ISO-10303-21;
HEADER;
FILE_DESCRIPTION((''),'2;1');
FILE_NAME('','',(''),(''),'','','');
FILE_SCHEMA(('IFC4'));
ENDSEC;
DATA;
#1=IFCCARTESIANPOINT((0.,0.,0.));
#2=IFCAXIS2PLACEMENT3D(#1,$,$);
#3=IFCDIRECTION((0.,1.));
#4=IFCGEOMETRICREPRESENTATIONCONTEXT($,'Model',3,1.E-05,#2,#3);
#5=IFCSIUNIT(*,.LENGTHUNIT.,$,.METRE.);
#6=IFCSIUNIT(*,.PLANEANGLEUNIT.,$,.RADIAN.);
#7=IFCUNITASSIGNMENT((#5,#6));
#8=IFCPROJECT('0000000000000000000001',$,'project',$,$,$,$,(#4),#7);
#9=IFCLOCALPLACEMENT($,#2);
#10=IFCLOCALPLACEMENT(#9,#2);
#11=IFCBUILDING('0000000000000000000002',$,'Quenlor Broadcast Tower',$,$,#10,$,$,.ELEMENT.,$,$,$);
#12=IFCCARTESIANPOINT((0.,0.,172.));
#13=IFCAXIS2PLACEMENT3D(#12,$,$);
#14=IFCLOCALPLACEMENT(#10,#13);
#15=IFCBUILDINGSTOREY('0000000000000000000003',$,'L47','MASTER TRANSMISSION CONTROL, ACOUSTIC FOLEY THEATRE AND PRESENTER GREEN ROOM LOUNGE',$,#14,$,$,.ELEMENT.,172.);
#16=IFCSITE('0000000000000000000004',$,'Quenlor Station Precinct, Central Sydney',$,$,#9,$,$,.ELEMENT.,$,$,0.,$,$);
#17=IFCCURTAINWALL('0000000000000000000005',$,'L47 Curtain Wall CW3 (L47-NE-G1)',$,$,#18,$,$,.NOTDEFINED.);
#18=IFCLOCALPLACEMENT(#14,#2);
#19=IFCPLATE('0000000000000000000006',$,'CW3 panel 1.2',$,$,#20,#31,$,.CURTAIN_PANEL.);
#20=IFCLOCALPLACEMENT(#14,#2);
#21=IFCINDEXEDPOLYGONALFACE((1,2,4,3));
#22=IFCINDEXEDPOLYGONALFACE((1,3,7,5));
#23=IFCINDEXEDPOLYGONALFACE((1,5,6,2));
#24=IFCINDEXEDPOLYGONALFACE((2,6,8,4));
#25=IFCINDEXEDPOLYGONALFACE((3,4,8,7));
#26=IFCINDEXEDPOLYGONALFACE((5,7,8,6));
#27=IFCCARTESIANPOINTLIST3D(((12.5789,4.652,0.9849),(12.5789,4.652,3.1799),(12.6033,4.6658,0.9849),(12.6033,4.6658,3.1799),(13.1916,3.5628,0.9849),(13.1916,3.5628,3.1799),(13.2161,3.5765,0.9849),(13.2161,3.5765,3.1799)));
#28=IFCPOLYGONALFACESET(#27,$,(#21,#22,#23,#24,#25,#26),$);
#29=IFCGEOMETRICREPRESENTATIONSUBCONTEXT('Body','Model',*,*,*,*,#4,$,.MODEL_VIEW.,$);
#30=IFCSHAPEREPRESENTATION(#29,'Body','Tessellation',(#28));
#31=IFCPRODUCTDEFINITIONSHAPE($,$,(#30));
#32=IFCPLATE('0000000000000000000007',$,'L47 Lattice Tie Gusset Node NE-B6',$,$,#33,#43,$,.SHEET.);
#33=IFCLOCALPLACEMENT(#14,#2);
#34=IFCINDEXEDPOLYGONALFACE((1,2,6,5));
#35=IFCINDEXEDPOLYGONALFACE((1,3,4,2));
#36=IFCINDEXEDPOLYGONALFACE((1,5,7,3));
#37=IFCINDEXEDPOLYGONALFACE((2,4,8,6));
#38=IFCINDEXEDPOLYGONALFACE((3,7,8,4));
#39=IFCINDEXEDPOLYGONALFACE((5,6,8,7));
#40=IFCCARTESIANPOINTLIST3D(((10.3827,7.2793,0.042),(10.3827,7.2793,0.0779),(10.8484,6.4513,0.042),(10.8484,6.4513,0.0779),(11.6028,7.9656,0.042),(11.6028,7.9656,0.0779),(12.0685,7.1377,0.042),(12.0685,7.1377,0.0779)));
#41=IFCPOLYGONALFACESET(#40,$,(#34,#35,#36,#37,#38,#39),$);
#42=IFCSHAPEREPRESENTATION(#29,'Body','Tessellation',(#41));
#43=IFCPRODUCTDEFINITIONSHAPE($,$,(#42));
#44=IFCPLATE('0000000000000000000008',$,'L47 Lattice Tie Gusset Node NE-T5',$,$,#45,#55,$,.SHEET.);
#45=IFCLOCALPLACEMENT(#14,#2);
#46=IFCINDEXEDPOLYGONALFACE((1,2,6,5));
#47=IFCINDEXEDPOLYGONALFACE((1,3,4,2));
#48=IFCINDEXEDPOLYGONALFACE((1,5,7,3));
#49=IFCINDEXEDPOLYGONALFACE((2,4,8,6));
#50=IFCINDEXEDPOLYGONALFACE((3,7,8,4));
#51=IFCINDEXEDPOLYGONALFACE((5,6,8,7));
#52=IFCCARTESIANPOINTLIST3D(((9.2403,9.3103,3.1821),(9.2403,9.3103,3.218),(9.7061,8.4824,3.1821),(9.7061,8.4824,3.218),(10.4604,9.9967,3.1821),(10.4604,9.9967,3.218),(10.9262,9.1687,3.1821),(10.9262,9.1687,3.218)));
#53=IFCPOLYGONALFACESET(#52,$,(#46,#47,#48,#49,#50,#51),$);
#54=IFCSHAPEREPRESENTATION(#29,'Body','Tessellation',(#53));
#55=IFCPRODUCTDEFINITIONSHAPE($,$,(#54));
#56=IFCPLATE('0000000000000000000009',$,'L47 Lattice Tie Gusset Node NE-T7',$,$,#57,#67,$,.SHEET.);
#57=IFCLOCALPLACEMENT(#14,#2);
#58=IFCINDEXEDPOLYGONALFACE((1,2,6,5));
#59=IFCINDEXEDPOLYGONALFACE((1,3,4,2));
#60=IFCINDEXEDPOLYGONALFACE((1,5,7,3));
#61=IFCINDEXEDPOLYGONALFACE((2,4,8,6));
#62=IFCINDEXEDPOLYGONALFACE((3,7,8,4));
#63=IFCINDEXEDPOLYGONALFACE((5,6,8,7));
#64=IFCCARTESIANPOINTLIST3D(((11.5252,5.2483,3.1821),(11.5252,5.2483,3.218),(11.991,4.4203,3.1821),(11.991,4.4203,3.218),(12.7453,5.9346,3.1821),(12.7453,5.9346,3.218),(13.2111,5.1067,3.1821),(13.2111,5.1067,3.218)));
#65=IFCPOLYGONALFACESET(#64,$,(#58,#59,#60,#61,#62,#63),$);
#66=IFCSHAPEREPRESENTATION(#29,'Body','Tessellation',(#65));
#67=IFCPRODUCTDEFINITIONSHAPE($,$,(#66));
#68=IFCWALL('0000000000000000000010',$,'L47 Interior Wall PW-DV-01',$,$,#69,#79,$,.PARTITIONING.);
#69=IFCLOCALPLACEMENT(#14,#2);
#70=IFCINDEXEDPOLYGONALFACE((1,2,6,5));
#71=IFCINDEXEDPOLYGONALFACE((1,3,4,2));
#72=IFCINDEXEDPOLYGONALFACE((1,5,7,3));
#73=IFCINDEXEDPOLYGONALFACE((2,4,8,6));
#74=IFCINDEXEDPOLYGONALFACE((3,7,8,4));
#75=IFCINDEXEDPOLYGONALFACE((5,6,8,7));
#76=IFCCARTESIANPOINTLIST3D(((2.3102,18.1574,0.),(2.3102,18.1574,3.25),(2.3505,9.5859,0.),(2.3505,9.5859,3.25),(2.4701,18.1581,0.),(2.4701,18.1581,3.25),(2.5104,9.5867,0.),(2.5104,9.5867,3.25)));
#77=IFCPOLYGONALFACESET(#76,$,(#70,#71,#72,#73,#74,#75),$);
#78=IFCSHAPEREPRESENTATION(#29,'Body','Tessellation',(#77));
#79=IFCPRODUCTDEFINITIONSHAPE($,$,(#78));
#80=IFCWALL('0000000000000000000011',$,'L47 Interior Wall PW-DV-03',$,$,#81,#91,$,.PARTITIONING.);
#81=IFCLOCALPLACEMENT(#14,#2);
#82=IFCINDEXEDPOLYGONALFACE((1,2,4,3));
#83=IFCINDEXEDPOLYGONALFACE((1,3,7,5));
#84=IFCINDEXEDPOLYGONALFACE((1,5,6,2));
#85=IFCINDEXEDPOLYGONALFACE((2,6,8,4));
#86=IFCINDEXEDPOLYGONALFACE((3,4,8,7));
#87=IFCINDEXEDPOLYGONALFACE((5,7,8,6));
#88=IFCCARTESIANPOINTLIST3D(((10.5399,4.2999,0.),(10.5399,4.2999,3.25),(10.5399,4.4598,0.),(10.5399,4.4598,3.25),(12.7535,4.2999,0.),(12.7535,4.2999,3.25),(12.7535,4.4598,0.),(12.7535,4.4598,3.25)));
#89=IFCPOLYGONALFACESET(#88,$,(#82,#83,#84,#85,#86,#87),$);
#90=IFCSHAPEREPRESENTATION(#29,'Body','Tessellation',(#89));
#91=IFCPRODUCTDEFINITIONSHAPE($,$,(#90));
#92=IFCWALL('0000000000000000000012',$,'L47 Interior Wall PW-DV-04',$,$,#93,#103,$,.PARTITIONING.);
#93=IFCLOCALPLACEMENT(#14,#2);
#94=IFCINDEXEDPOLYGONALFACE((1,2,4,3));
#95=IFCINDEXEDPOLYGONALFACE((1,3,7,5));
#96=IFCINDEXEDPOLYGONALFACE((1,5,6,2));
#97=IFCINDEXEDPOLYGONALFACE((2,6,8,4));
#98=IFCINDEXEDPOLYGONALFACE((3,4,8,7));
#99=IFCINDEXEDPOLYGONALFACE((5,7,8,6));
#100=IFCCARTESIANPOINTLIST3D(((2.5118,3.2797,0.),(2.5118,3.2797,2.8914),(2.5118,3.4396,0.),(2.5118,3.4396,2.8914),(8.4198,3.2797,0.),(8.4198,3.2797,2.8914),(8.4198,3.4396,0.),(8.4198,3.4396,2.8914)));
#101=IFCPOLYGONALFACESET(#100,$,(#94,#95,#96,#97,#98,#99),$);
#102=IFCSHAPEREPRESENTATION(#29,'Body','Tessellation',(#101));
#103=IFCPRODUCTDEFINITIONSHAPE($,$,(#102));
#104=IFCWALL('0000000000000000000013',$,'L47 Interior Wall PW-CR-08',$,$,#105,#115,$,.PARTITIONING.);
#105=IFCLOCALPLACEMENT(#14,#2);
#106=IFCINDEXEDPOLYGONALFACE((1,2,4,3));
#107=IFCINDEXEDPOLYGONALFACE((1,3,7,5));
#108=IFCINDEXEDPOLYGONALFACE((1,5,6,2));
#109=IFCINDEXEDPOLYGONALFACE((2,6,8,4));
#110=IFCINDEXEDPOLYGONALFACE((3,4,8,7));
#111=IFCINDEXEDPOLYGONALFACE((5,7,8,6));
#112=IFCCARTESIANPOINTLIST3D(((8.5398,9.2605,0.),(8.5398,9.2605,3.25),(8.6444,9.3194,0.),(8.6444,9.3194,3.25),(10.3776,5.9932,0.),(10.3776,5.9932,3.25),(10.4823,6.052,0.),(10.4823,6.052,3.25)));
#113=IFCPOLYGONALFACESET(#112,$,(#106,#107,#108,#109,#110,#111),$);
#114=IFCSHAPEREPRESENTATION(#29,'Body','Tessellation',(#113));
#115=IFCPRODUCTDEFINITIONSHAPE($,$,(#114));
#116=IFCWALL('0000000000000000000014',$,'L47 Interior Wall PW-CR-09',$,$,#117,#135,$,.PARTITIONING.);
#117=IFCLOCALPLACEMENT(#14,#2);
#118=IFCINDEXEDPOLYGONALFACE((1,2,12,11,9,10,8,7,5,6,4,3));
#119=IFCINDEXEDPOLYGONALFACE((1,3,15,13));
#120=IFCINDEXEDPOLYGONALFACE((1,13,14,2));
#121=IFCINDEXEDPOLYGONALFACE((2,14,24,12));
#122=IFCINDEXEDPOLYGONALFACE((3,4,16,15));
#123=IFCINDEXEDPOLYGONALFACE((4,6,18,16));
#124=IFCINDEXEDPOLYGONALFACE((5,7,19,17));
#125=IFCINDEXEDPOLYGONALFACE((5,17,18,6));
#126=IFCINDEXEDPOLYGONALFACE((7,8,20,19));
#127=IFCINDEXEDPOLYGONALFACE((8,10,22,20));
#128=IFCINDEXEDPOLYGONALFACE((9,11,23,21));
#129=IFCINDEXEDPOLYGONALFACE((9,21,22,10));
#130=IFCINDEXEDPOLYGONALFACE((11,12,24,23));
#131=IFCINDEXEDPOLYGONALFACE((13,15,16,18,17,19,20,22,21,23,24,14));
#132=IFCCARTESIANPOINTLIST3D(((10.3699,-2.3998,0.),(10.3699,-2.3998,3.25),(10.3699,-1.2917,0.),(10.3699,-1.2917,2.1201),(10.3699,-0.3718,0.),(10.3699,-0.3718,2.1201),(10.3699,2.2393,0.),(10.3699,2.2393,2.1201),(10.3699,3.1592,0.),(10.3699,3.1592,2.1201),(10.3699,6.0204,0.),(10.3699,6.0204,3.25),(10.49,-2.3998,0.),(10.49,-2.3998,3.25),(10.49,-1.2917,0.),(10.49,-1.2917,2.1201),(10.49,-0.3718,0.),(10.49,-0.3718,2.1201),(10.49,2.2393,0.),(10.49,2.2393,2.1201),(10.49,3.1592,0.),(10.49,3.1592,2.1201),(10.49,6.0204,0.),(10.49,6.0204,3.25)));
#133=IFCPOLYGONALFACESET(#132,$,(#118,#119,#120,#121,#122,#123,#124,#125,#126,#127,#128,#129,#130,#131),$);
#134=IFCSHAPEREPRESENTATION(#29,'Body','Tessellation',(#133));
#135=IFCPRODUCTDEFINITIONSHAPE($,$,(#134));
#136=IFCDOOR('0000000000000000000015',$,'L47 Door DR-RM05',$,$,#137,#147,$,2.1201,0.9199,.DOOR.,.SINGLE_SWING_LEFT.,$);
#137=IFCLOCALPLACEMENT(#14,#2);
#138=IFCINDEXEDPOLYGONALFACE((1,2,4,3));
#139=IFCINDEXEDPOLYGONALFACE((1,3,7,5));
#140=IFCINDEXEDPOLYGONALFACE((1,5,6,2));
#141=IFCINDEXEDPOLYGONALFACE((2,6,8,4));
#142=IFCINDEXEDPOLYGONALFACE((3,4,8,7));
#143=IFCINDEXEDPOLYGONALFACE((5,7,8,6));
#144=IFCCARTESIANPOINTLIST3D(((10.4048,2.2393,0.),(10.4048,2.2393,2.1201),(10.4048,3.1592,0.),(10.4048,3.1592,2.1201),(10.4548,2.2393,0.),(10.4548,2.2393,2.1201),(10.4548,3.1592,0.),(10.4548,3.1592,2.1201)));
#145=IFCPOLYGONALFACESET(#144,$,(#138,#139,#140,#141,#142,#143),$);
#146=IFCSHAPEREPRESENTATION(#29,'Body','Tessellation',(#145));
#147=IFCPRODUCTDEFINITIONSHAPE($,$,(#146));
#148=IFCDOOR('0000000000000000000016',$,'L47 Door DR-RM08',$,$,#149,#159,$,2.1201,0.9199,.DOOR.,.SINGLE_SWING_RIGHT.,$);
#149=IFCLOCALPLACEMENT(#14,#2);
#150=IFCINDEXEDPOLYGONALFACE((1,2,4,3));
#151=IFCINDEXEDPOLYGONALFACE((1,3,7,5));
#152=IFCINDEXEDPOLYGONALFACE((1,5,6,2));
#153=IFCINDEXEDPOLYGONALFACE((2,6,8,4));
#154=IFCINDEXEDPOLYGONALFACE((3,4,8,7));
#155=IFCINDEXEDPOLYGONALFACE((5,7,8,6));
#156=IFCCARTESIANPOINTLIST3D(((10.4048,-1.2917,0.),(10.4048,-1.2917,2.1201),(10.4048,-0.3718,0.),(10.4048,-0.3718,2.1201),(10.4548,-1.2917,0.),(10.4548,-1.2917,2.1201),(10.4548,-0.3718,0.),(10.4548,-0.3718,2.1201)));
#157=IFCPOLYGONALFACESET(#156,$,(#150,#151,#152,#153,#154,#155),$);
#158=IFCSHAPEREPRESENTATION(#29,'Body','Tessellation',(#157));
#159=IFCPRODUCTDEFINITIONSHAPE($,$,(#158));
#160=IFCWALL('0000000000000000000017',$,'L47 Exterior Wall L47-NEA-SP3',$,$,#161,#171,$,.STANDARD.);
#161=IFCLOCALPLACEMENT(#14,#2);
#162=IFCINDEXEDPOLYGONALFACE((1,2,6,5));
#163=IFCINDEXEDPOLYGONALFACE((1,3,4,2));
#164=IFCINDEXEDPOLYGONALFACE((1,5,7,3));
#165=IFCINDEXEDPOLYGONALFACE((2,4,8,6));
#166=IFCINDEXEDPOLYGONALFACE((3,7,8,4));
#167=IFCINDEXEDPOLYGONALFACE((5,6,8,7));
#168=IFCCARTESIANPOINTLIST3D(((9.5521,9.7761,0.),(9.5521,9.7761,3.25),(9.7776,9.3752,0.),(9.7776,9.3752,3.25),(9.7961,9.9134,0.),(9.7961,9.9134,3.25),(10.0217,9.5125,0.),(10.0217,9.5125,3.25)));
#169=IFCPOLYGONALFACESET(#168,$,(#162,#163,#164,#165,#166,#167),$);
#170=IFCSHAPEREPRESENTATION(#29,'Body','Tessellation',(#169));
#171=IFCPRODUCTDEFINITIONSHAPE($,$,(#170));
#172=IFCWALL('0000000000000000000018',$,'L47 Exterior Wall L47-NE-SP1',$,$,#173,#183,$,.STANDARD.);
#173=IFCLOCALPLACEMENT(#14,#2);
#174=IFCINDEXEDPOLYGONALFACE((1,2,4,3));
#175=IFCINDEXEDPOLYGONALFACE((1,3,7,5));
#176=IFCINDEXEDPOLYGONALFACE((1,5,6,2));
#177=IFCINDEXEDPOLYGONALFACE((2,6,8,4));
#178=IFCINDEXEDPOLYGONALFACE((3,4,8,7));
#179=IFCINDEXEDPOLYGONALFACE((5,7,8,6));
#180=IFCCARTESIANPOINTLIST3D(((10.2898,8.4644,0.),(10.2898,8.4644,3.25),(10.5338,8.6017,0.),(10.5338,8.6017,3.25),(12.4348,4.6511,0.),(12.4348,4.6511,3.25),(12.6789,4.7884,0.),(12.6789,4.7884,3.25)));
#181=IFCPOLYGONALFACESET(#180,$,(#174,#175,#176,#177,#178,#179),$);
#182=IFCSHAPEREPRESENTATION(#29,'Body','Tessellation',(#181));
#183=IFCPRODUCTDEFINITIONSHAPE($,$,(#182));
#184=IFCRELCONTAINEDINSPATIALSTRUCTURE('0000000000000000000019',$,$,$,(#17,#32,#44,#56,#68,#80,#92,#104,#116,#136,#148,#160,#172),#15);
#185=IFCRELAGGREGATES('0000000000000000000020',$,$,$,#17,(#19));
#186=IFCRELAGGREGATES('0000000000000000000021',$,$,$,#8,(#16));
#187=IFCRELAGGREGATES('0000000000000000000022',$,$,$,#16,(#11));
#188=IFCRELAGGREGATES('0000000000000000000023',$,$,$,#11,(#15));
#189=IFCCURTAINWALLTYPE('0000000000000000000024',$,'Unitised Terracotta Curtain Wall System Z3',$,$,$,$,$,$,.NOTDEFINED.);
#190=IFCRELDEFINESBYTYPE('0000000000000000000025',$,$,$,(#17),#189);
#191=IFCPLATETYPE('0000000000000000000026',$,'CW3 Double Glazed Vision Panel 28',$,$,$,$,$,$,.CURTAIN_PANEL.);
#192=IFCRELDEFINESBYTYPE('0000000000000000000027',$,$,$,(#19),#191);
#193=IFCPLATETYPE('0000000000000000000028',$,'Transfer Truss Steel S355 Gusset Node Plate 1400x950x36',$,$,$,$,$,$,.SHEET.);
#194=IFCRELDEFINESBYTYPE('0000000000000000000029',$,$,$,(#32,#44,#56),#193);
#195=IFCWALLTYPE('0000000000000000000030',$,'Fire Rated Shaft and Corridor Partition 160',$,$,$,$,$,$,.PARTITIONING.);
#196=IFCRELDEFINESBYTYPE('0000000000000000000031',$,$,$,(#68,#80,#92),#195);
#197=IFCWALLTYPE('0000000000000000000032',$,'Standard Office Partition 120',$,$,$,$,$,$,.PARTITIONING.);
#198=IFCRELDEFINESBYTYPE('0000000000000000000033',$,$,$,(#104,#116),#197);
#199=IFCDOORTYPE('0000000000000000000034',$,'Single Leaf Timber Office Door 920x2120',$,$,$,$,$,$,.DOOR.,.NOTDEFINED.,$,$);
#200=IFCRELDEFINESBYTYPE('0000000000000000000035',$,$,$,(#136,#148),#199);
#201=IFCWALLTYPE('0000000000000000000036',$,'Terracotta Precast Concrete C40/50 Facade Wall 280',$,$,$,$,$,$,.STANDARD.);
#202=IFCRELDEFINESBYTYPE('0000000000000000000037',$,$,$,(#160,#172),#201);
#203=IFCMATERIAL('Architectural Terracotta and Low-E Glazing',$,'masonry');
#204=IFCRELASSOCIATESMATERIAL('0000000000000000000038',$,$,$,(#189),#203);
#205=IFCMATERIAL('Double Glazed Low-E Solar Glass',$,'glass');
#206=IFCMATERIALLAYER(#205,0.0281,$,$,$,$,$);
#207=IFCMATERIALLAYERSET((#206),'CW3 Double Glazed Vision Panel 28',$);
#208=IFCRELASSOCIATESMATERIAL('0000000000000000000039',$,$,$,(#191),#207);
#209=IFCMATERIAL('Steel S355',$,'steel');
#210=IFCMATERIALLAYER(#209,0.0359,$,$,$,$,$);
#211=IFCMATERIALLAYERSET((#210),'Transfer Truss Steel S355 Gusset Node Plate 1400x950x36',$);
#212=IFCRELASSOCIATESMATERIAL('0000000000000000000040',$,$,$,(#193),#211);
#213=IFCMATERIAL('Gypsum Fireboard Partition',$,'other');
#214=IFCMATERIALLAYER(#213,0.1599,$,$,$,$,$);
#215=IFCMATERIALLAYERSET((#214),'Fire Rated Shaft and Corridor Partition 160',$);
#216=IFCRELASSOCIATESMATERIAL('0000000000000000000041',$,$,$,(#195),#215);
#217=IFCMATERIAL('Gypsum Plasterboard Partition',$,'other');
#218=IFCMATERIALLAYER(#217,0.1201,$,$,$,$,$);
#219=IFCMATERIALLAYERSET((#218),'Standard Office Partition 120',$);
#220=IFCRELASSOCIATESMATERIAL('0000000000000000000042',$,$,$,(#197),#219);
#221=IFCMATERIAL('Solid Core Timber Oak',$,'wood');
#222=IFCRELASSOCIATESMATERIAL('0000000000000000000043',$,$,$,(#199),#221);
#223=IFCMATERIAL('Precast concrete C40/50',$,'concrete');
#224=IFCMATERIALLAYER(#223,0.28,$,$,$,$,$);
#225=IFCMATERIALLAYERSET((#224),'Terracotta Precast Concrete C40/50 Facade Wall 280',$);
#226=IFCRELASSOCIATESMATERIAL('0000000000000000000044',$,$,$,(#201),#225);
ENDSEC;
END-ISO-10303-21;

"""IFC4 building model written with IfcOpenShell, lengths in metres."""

from ifc_helpers import new_model, si_unit, direction, frame, frame_2d, origin, origin_2d, place, context, subcontext, project, spatial, rectangle, extrude, material, layer, layer_set, type_object, element, fill, aggregate, save


model = new_model("IFC4")

# Units and contexts
model_context = context("Model", 3, precision=1e-05, world=origin(), true_north=direction((0.0, 1.0)))
body_context = subcontext(model_context, "Body", "Model", "MODEL_VIEW")
ifc_project = project(units=[si_unit("LENGTHUNIT", "METRE"), si_unit("PLANEANGLEUNIT", "RADIAN")], contexts=[model_context])

# Site, building, storey
site_placement = place(None, origin())
site = spatial("IfcSite", under=ifc_project, at=site_placement, Name="Quenlor Station Precinct, Central Sydney", CompositionType="ELEMENT", RefElevation=0.0)
building_placement = place(site_placement, origin())
building = spatial("IfcBuilding", under=site, at=building_placement, Name="Quenlor Broadcast Tower", CompositionType="ELEMENT")
storey_placement = place(building_placement, frame((0.0, 0.0, 172.0)))
storey = spatial("IfcBuildingStorey", under=building, at=storey_placement, Name="L47", Description="MASTER TRANSMISSION CONTROL, ACOUSTIC FOLEY THEATRE AND PRESENTER GREEN ROOM LOUNGE", CompositionType="ELEMENT", Elevation=172.0)

# Shared definitions
ifc_material_1 = material(Name="Architectural Terracotta and Low-E Glazing", Category="masonry")
curtain_wall_type = type_object("IfcCurtainWallType", Name="Unitised Terracotta Curtain Wall System Z3", PredefinedType="NOTDEFINED", material=ifc_material_1)

# Curtain wall
curtain_wall_1_placement = place(storey_placement, origin())
curtain_wall_1 = element("IfcCurtainWall", 1, at=curtain_wall_1_placement, inside=storey, type_object=curtain_wall_type, Name="L47 Curtain Wall CW3 (L47-NE-G1)", PredefinedType="NOTDEFINED")

# Plate
ifc_material_2 = material(Name="Double Glazed Low-E Solar Glass", Category="glass")
ifc_layer_1 = layer(ifc_material_2, 0.0281)
ifc_layer_set_1 = layer_set([ifc_layer_1], Name="CW3 Double Glazed Vision Panel 28")
plate_type_1 = type_object("IfcPlateType", Name="CW3 Double Glazed Vision Panel 28", PredefinedType="CURTAIN_PANEL", material=ifc_layer_set_1)
plate_1_placement = place(storey_placement, frame((12.8975, 4.1143, 0.9849), z_axis=(0.0, 0.0, 1.0), x_axis=(0.490285, -0.871562, 0.0)))
plate_1 = element("IfcPlate", 2, at=plate_1_placement, type_object=plate_type_1, Name="CW3 panel 1.2", PredefinedType="CURTAIN_PANEL", context=body_context, shape_type="SweptSolid", body=[
    extrude(rectangle(XDim=1.2498, YDim=0.0281, at=origin_2d()), origin(), (0.0, 0.0, 1.0), 2.1951),
])
aggregate(curtain_wall_1, [plate_1])

# Plates
ifc_material_3 = material(Name="Steel S355", Category="steel")
ifc_layer_2 = layer(ifc_material_3, 0.0359)
ifc_layer_set_2 = layer_set([ifc_layer_2], Name="Transfer Truss Steel S355 Gusset Node Plate 1400x950x36")
plate_type_2 = type_object("IfcPlateType", Name="Transfer Truss Steel S355 Gusset Node Plate 1400x950x36", PredefinedType="SHEET", material=ifc_layer_set_2)
for number, where, z_axis, x_axis, name in (
    (3, (11.2256, 7.2085, 0.042), (0.0, 0.0, 1.0), (0.871556, 0.490295, 0.0), "L47 Lattice Tie Gusset Node NE-B6"),
    (4, (10.0833, 9.2395, 3.1821), (0.0, 0.0, 1.0), (0.871556, 0.490295, 0.0), "L47 Lattice Tie Gusset Node NE-T5"),
    (5, (12.3682, 5.1775, 3.1821), (0.0, 0.0, 1.0), (0.871556, 0.490295, 0.0), "L47 Lattice Tie Gusset Node NE-T7"),
):
    element("IfcPlate", number, at=place(storey_placement, frame(where, z_axis=z_axis, x_axis=x_axis)), inside=storey, type_object=plate_type_2, Name=name, PredefinedType="SHEET", context=body_context, shape_type="SweptSolid", body=[
        extrude(rectangle(XDim=1.3999, YDim=0.95, at=origin_2d()), origin(), (0.0, 0.0, 1.0), 0.0359),
    ])

# Walls
ifc_material_4 = material(Name="Gypsum Fireboard Partition", Category="other")
ifc_layer_3 = layer(ifc_material_4, 0.1599)
ifc_layer_set_3 = layer_set([ifc_layer_3], Name="Fire Rated Shaft and Corridor Partition 160")
wall_type_1 = type_object("IfcWallType", Name="Fire Rated Shaft and Corridor Partition 160", PredefinedType="PARTITIONING", material=ifc_layer_set_3)
wall_1_placement = place(storey_placement, frame((2.4304, 9.5864, 0.0), z_axis=(0.0, 0.0, 1.0), x_axis=(-0.0047, 0.999989, 0.0)))
element("IfcWall", 6, at=wall_1_placement, inside=storey, type_object=wall_type_1, Name="L47 Interior Wall PW-DV-01", PredefinedType="PARTITIONING", context=body_context, shape_type="SweptSolid", body=[
    extrude(rectangle(XDim=8.5715, YDim=0.1599, at=frame_2d((4.2856, 0.0))), origin(), (0.0, 0.0, 1.0), 3.25),
])
wall_2_placement = place(storey_placement, frame((12.7537, 4.3799, 0.0), z_axis=(0.0, 0.0, 1.0), x_axis=(-1.0, 0.0, 0.0)))
element("IfcWall", 7, at=wall_2_placement, inside=storey, type_object=wall_type_1, Name="L47 Interior Wall PW-DV-03", PredefinedType="PARTITIONING", context=body_context, shape_type="SweptSolid", body=[
    extrude(rectangle(XDim=2.2136, YDim=0.1599, at=frame_2d((1.1069, 0.0))), origin(), (0.0, 0.0, 1.0), 3.25),
])
wall_3_placement = place(storey_placement, frame((8.4199, 3.3596, 0.0), z_axis=(0.0, 0.0, 1.0), x_axis=(-1.0, 0.0, 0.0)))
element("IfcWall", 8, at=wall_3_placement, inside=storey, type_object=wall_type_1, Name="L47 Interior Wall PW-DV-04", PredefinedType="PARTITIONING", context=body_context, shape_type="SweptSolid", body=[
    extrude(rectangle(XDim=5.908, YDim=0.1599, at=frame_2d((2.9541, 0.0))), origin(), (0.0, 0.0, 1.0), 2.8914),
])
ifc_material_5 = material(Name="Gypsum Plasterboard Partition", Category="other")
ifc_layer_4 = layer(ifc_material_5, 0.1201)
ifc_layer_set_4 = layer_set([ifc_layer_4], Name="Standard Office Partition 120")
wall_type_2 = type_object("IfcWallType", Name="Standard Office Partition 120", PredefinedType="PARTITIONING", material=ifc_layer_set_4)
wall_4_placement = place(storey_placement, frame((8.592, 9.29, 0.0), z_axis=(0.0, 0.0, 1.0), x_axis=(0.490264, -0.871574, 0.0)))
element("IfcWall", 9, at=wall_4_placement, inside=storey, type_object=wall_type_2, Name="L47 Interior Wall PW-CR-08", PredefinedType="PARTITIONING", context=body_context, shape_type="SweptSolid", body=[
    extrude(rectangle(XDim=3.7488, YDim=0.1201, at=frame_2d((1.8745, 0.0))), origin(), (0.0, 0.0, 1.0), 3.25),
])

# Wall, openings, doors
wall_5_placement = place(storey_placement, frame((10.4299, 6.0203, 0.0), z_axis=(0.0, 0.0, 1.0), x_axis=(0.0, -1.0, 0.0)))
wall_5 = element("IfcWall", 10, at=wall_5_placement, inside=storey, type_object=wall_type_2, Name="L47 Interior Wall PW-CR-09", PredefinedType="PARTITIONING", context=body_context, shape_type="SweptSolid", body=[
    extrude(rectangle(XDim=8.4202, YDim=0.1201, at=frame_2d((4.21, 0.0))), origin(), (0.0, 0.0, 1.0), 3.25),
])
opening_1_placement = place(wall_5_placement, frame((2.8611, 0.0, 0.0)))
opening_1 = element("IfcOpeningElement", 11, at=opening_1_placement, cuts=wall_5, PredefinedType="OPENING", context=body_context, shape_type="SweptSolid", body=[
    extrude(rectangle(XDim=0.9199, YDim=2.1201, at=frame_2d((0.46, 1.0601))), frame((0.0, 0.0701, 0.0), z_axis=(0.0, -1.0, 0.0), x_axis=(1.0, 0.0, 0.0)), (0.0, 0.0, 1.0), 0.1401),
])
opening_2_placement = place(wall_5_placement, frame((6.3921, 0.0, 0.0)))
opening_2 = element("IfcOpeningElement", 12, at=opening_2_placement, cuts=wall_5, PredefinedType="OPENING", context=body_context, shape_type="SweptSolid", body=[
    extrude(rectangle(XDim=0.9199, YDim=2.1201, at=frame_2d((0.46, 1.0601))), frame((0.0, 0.0701, 0.0), z_axis=(0.0, -1.0, 0.0), x_axis=(1.0, 0.0, 0.0)), (0.0, 0.0, 1.0), 0.1401),
])
ifc_material_6 = material(Name="Solid Core Timber Oak", Category="wood")
door_type = type_object("IfcDoorType", Name="Single Leaf Timber Office Door 920x2120", OperationType="NOTDEFINED", PredefinedType="DOOR", material=ifc_material_6)
door_1_placement = place(opening_1_placement, origin())
door_1 = element("IfcDoor", 13, at=door_1_placement, inside=storey, type_object=door_type, Name="L47 Door DR-RM05", OperationType="SINGLE_SWING_LEFT", OverallHeight=2.1201, OverallWidth=0.9199, PredefinedType="DOOR", context=body_context, shape_type="SweptSolid", body=[
    extrude(rectangle(XDim=0.9199, YDim=2.1201, at=frame_2d((0.46, 1.0601))), frame((0.0, 0.0249, 0.0), z_axis=(0.0, -1.0, 0.0), x_axis=(1.0, 0.0, 0.0)), (0.0, 0.0, 1.0), 0.05),
])
fill(opening_1, door_1)
door_2_placement = place(opening_2_placement, origin())
door_2 = element("IfcDoor", 14, at=door_2_placement, inside=storey, type_object=door_type, Name="L47 Door DR-RM08", OperationType="SINGLE_SWING_RIGHT", OverallHeight=2.1201, OverallWidth=0.9199, PredefinedType="DOOR", context=body_context, shape_type="SweptSolid", body=[
    extrude(rectangle(XDim=0.9199, YDim=2.1201, at=frame_2d((0.46, 1.0601))), frame((0.0, 0.0249, 0.0), z_axis=(0.0, -1.0, 0.0), x_axis=(1.0, 0.0, 0.0)), (0.0, 0.0, 1.0), 0.05),
])
fill(opening_2, door_2)

# Walls
ifc_material_7 = material(Name="Precast concrete C40/50", Category="concrete")
ifc_layer_5 = layer(ifc_material_7, 0.28)
ifc_layer_set_5 = layer_set([ifc_layer_5], Name="Terracotta Precast Concrete C40/50 Facade Wall 280")
wall_type_3 = type_object("IfcWallType", Name="Terracotta Precast Concrete C40/50 Facade Wall 280", PredefinedType="STANDARD", material=ifc_layer_set_5)
wall_6_placement = place(storey_placement, frame((9.6741, 9.8447, 0.0), z_axis=(0.0, 0.0, 1.0), x_axis=(0.490412, -0.87149, 0.0)))
element("IfcWall", 15, at=wall_6_placement, inside=storey, type_object=wall_type_3, Name="L47 Exterior Wall L47-NEA-SP3", PredefinedType="STANDARD", context=body_context, shape_type="SweptSolid", body=[
    extrude(rectangle(XDim=0.46, YDim=0.28, at=frame_2d((0.23, 0.0))), origin(), (0.0, 0.0, 1.0), 3.25),
])
wall_7_placement = place(storey_placement, frame((10.4119, 8.533, 0.0), z_axis=(0.0, 0.0, 1.0), x_axis=(0.490274, -0.871568, 0.0)))
element("IfcWall", 16, at=wall_7_placement, inside=storey, type_object=wall_type_3, Name="L47 Exterior Wall L47-NE-SP1", PredefinedType="STANDARD", context=body_context, shape_type="SweptSolid", body=[
    extrude(rectangle(XDim=4.3752, YDim=0.28, at=frame_2d((2.1875, 0.0))), origin(), (0.0, 0.0, 1.0), 3.25),
])

save(model, "model.ifc")
